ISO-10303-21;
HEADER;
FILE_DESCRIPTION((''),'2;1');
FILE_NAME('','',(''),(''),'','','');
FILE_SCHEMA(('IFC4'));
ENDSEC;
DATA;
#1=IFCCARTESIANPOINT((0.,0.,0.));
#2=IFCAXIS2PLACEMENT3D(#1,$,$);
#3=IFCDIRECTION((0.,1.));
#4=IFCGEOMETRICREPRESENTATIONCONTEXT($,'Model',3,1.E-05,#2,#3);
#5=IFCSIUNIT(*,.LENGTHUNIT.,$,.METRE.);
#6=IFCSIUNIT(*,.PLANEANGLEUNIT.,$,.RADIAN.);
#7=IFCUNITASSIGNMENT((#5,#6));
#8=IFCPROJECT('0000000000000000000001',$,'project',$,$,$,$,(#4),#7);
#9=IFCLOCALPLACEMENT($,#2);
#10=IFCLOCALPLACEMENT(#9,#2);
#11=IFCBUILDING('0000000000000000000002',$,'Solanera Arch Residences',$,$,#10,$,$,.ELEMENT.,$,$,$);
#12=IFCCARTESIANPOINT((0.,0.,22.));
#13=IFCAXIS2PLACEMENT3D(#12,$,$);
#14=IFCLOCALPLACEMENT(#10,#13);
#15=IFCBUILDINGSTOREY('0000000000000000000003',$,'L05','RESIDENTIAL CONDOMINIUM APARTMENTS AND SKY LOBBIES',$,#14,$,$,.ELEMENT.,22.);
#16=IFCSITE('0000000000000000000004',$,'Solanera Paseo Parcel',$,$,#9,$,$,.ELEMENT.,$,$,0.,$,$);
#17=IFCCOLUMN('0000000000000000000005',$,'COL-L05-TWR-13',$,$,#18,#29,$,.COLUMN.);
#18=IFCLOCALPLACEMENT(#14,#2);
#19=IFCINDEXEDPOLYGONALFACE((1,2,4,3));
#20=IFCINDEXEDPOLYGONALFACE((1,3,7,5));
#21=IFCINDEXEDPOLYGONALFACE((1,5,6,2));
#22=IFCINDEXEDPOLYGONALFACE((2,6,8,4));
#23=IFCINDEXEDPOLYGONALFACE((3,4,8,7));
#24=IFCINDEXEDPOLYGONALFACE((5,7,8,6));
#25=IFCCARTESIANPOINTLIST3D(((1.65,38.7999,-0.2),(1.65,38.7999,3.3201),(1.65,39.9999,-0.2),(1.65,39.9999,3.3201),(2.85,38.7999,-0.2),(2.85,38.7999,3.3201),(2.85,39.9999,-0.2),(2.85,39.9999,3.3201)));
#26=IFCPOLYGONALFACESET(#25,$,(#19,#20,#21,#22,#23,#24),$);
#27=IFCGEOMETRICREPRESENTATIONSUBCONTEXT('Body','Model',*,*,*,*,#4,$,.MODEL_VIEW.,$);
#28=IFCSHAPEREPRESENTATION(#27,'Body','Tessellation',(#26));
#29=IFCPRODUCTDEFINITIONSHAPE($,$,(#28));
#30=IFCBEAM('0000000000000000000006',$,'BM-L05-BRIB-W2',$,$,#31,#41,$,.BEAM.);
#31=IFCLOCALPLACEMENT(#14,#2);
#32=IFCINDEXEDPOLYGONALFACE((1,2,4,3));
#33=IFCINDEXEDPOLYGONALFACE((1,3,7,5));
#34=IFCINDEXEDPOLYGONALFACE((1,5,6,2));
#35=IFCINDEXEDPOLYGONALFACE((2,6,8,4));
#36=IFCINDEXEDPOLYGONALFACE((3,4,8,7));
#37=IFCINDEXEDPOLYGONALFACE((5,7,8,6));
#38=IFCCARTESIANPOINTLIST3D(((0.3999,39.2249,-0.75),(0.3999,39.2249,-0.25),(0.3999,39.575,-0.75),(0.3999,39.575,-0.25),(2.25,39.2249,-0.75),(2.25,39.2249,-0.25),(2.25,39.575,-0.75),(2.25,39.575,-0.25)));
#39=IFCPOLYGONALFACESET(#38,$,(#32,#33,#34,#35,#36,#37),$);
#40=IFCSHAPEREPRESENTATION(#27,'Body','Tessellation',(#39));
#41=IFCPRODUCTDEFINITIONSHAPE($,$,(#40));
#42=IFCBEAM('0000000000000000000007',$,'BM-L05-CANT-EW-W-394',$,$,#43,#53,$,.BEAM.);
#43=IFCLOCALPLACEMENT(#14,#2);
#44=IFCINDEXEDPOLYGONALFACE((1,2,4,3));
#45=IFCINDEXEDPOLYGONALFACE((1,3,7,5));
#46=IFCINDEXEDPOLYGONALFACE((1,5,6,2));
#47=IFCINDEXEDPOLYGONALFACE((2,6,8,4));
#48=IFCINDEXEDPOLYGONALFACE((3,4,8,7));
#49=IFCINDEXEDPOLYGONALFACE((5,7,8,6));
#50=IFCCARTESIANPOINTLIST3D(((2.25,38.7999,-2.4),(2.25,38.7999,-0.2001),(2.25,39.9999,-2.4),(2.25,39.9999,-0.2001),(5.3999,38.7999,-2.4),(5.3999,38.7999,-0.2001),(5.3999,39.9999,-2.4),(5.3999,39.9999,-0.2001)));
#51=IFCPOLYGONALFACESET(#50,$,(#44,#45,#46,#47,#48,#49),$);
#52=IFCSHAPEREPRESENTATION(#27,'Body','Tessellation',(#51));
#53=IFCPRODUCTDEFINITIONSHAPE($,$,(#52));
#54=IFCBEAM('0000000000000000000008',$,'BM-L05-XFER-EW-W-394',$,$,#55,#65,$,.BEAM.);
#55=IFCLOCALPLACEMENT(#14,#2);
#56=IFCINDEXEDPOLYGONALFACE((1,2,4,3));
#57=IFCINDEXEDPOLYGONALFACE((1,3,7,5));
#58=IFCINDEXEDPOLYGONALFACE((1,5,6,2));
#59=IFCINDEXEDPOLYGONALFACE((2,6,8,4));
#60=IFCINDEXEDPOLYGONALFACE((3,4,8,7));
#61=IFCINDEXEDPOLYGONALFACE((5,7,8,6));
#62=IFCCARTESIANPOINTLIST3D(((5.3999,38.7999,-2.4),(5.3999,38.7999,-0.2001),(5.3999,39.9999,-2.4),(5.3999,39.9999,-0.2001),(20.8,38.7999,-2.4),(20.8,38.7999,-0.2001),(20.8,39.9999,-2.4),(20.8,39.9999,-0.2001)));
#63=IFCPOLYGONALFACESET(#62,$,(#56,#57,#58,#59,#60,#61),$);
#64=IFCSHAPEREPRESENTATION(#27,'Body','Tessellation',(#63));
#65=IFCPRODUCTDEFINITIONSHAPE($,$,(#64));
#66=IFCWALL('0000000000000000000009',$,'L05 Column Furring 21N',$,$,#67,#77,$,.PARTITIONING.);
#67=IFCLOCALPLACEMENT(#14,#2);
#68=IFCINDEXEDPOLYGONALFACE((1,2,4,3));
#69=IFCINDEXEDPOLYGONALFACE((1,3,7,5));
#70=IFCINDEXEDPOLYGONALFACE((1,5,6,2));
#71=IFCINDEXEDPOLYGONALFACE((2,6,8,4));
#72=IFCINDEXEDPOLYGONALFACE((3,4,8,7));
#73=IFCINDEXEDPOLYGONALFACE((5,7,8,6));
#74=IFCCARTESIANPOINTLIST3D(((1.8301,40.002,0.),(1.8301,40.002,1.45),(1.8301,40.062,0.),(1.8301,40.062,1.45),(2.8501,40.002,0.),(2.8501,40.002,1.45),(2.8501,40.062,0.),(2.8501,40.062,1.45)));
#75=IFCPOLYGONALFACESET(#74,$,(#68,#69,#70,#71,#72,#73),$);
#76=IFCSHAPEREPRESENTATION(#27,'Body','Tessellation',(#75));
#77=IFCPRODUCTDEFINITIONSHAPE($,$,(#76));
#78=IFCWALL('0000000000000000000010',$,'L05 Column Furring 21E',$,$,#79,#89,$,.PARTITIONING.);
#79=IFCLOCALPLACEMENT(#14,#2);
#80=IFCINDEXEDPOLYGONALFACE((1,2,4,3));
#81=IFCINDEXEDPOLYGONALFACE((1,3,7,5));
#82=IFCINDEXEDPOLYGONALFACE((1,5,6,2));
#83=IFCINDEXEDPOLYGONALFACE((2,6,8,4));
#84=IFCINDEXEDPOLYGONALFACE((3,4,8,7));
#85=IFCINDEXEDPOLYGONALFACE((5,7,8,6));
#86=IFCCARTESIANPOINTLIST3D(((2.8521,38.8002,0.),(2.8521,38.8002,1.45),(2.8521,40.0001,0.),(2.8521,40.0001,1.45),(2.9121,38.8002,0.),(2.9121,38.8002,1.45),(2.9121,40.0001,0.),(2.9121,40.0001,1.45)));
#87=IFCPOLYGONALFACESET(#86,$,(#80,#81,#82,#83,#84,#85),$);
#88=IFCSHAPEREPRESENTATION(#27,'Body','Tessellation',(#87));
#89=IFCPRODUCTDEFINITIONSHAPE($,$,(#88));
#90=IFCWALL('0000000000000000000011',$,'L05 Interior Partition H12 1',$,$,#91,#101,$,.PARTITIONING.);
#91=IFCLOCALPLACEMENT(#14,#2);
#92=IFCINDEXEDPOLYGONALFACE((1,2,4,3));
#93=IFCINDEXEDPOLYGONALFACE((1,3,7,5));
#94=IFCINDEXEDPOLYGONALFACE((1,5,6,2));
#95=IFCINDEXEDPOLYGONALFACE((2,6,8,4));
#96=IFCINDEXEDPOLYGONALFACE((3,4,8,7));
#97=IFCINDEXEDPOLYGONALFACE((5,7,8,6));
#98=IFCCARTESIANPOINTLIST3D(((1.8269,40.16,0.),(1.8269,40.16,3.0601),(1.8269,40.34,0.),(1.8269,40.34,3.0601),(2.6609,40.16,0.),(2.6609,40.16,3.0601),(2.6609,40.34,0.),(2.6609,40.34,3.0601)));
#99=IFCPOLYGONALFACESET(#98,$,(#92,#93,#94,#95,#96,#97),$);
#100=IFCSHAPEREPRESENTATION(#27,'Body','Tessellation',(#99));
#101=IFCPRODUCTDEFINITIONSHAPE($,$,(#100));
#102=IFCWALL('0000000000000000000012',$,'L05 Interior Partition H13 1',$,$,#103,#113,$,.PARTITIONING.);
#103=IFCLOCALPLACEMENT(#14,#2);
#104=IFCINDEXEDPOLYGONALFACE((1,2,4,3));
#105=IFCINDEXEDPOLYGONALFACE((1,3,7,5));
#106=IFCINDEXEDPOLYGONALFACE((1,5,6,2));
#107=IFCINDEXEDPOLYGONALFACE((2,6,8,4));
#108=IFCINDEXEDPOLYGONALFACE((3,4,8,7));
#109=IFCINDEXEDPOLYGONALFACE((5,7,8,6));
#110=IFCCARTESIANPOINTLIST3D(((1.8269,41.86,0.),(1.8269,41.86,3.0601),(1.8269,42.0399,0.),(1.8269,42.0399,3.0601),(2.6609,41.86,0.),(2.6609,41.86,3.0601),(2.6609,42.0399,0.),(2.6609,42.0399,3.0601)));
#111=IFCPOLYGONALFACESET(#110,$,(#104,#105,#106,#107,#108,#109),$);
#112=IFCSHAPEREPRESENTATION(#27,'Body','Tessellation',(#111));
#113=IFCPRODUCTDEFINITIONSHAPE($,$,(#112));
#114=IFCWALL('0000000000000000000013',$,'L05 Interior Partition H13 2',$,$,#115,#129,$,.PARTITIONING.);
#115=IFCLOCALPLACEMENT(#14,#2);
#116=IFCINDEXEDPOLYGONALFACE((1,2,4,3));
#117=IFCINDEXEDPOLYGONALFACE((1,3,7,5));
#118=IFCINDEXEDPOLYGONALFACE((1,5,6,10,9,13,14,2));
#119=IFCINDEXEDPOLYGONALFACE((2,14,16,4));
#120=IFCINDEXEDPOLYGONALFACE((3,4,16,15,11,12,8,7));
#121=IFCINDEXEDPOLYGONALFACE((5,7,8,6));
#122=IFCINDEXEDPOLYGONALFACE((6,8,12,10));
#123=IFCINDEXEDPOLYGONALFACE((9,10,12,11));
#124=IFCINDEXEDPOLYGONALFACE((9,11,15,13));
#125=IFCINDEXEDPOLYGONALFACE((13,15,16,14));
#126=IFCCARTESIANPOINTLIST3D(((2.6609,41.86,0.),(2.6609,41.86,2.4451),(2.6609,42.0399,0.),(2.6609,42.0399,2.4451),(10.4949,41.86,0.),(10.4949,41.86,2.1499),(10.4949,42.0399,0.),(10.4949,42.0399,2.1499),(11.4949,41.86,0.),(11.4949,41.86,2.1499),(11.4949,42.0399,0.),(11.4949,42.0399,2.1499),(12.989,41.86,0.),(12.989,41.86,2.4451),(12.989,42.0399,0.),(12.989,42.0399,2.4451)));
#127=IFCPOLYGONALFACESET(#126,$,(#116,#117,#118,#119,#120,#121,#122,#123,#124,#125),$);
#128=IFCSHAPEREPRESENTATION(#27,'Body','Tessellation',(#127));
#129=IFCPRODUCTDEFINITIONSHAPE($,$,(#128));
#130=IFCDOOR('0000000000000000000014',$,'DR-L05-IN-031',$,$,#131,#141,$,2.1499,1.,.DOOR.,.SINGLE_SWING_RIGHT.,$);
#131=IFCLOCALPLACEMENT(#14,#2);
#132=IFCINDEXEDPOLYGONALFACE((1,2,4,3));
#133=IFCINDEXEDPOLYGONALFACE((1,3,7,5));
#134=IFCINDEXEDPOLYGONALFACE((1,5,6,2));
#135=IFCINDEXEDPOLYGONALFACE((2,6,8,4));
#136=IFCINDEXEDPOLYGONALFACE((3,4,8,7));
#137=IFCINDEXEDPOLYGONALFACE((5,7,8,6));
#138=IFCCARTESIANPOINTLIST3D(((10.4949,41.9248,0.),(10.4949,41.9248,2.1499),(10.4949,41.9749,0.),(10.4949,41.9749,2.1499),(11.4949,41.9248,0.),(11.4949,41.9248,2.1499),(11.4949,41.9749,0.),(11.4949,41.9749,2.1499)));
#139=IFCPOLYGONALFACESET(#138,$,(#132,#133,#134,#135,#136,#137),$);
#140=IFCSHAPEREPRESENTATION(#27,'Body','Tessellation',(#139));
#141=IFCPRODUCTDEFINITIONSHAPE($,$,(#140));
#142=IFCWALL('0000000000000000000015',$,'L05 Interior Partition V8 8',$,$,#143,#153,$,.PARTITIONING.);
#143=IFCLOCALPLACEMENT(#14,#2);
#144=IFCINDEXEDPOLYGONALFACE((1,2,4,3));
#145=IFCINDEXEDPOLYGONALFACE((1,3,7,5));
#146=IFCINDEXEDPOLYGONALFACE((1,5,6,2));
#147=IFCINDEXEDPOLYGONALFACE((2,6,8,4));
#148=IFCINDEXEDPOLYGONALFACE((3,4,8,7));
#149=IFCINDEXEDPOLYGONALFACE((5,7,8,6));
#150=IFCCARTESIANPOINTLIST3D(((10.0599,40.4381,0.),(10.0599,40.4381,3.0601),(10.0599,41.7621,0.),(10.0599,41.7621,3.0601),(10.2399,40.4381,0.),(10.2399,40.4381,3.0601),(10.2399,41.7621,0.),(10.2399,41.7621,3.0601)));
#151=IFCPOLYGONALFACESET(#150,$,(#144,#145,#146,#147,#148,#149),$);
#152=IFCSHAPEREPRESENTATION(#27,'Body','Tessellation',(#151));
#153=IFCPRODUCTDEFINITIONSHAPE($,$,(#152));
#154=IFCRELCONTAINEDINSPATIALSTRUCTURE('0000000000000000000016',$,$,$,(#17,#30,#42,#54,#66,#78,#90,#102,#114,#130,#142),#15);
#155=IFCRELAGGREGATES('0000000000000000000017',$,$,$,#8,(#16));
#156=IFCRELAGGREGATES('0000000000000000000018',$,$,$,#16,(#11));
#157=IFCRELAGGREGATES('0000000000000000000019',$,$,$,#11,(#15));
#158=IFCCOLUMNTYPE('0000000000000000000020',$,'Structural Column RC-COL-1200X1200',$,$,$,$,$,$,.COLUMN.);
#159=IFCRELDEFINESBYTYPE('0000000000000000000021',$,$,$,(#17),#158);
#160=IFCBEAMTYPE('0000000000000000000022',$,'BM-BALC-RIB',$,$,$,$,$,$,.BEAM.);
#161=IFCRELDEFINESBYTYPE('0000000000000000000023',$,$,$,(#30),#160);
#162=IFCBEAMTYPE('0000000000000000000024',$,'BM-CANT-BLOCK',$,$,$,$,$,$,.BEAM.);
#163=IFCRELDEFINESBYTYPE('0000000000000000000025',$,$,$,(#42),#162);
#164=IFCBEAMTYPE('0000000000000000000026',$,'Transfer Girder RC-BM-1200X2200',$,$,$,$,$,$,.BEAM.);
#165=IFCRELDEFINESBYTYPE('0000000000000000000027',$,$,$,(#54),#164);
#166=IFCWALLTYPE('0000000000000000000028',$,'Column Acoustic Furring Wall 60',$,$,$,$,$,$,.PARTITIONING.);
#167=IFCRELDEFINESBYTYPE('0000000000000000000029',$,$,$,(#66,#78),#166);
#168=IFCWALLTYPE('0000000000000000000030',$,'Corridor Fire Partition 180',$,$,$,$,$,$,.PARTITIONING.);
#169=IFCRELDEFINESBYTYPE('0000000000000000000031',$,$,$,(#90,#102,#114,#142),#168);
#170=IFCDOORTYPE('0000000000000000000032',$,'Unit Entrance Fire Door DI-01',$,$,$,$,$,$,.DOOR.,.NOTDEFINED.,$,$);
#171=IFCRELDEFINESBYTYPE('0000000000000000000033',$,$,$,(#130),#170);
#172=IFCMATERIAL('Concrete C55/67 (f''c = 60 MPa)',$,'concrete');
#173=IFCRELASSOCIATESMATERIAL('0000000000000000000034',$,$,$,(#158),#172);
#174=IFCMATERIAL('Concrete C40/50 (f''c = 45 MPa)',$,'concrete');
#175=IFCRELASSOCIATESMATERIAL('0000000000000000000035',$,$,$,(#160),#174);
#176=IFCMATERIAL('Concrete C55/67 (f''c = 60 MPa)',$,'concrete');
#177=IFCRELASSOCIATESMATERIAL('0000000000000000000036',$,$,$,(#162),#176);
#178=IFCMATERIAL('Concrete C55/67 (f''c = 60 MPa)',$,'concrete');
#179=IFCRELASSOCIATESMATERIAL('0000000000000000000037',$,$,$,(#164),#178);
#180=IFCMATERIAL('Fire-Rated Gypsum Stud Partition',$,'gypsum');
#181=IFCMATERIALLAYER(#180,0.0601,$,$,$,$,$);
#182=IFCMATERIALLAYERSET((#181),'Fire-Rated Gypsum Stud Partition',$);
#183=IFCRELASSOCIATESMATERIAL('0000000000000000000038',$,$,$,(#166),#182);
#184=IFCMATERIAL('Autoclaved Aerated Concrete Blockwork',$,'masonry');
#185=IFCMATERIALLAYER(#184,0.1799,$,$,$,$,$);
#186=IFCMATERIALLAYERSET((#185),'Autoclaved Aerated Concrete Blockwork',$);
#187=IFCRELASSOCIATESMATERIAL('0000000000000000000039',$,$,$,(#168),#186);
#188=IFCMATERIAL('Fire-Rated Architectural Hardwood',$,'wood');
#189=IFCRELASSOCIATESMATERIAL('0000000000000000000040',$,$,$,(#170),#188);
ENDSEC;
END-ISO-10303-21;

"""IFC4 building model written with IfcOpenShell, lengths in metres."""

from ifc_helpers import new_model, si_unit, direction, frame, frame_2d, origin, origin_2d, place, context, subcontext, project, spatial, rectangle, extrude, material, layer, layer_set, material_profile, profile_set, type_object, element, fill, save


model = new_model("IFC4")

# Units and contexts
model_context = context("Model", 3, precision=1e-05, world=origin(), true_north=direction((0.0, 1.0)))
body_context = subcontext(model_context, "Body", "Model", "MODEL_VIEW")
ifc_project = project(units=[si_unit("LENGTHUNIT", "METRE"), si_unit("PLANEANGLEUNIT", "RADIAN")], contexts=[model_context])

# Site, building, storey
site_placement = place(None, origin())
site = spatial("IfcSite", under=ifc_project, at=site_placement, Name="Solanera Paseo Parcel", CompositionType="ELEMENT", RefElevation=0.0)
building_placement = place(site_placement, origin())
building = spatial("IfcBuilding", under=site, at=building_placement, Name="Solanera Arch Residences", CompositionType="ELEMENT")
storey_placement = place(building_placement, frame((0.0, 0.0, 22.0)))
storey = spatial("IfcBuildingStorey", under=building, at=storey_placement, Name="L05", Description="RESIDENTIAL CONDOMINIUM APARTMENTS AND SKY LOBBIES", CompositionType="ELEMENT", Elevation=22.0)

# Column
ifc_material_1 = material(Name="Concrete C55/67 (f'c = 60 MPa)", Category="concrete")
ifc_material_profile_1 = material_profile(ifc_material_1, rectangle(XDim=1.2, YDim=1.2, at=origin_2d()))
ifc_profile_set_1 = profile_set([ifc_material_profile_1], Name="Concrete C55/67 (f'c = 60 MPa)")
column_type = type_object("IfcColumnType", Name="Structural Column RC-COL-1200X1200", PredefinedType="COLUMN", material=ifc_profile_set_1)
column_placement = place(storey_placement, frame((2.25, 39.3999, -0.2), z_axis=(0.0, 0.0, 1.0), x_axis=(1.0, 0.0, 0.0)))
element("IfcColumn", 1, at=column_placement, inside=storey, type_object=column_type, Name="COL-L05-TWR-13", PredefinedType="COLUMN", context=body_context, shape_type="SweptSolid", body=[
    extrude(rectangle(XDim=1.2, YDim=1.2, at=origin_2d()), origin(), (0.0, 0.0, 1.0), 3.52),
])

# Beams
ifc_material_2 = material(Name="Concrete C40/50 (f'c = 45 MPa)", Category="concrete")
ifc_material_profile_2 = material_profile(ifc_material_2, rectangle(XDim=0.3501, YDim=0.5, at=origin_2d()))
ifc_profile_set_2 = profile_set([ifc_material_profile_2], Name="Concrete C40/50 (f'c = 45 MPa)")
beam_type_1 = type_object("IfcBeamType", Name="BM-BALC-RIB", PredefinedType="BEAM", material=ifc_profile_set_2)
beam_1_placement = place(storey_placement, frame((0.3999, 39.3999, -0.5), z_axis=(1.0, 0.0, 0.0), x_axis=(0.0, 1.0, 0.0)))
element("IfcBeam", 2, at=beam_1_placement, inside=storey, type_object=beam_type_1, Name="BM-L05-BRIB-W2", PredefinedType="BEAM", context=body_context, shape_type="SweptSolid", body=[
    extrude(rectangle(XDim=0.3501, YDim=0.5, at=origin_2d()), origin(), (0.0, 0.0, 1.0), 1.8501),
])
ifc_material_3 = material(Name="Concrete C55/67 (f'c = 60 MPa)", Category="concrete")
ifc_material_profile_3 = material_profile(ifc_material_3, rectangle(XDim=1.2, YDim=2.2, at=origin_2d()))
ifc_profile_set_3 = profile_set([ifc_material_profile_3], Name="Concrete C55/67 (f'c = 60 MPa)")
beam_type_2 = type_object("IfcBeamType", Name="BM-CANT-BLOCK", PredefinedType="BEAM", material=ifc_profile_set_3)
beam_2_placement = place(storey_placement, frame((2.25, 39.3999, -1.3), z_axis=(1.0, 0.0, 0.0), x_axis=(0.0, 1.0, 0.0)))
element("IfcBeam", 3, at=beam_2_placement, inside=storey, type_object=beam_type_2, Name="BM-L05-CANT-EW-W-394", PredefinedType="BEAM", context=body_context, shape_type="SweptSolid", body=[
    extrude(rectangle(XDim=1.2, YDim=2.2, at=origin_2d()), origin(), (0.0, 0.0, 1.0), 3.1499),
])
ifc_material_4 = material(Name="Concrete C55/67 (f'c = 60 MPa)", Category="concrete")
ifc_material_profile_4 = material_profile(ifc_material_4, rectangle(XDim=1.2, YDim=2.2, at=origin_2d()))
ifc_profile_set_4 = profile_set([ifc_material_profile_4], Name="Concrete C55/67 (f'c = 60 MPa)")
beam_type_3 = type_object("IfcBeamType", Name="Transfer Girder RC-BM-1200X2200", PredefinedType="BEAM", material=ifc_profile_set_4)
beam_3_placement = place(storey_placement, frame((5.3999, 39.3999, -1.3), z_axis=(1.0, 0.0, 0.0), x_axis=(0.0, 1.0, 0.0)))
element("IfcBeam", 4, at=beam_3_placement, inside=storey, type_object=beam_type_3, Name="BM-L05-XFER-EW-W-394", PredefinedType="BEAM", context=body_context, shape_type="SweptSolid", body=[
    extrude(rectangle(XDim=1.2, YDim=2.2, at=origin_2d()), origin(), (0.0, 0.0, 1.0), 15.4001),
])

# Walls
ifc_material_5 = material(Name="Fire-Rated Gypsum Stud Partition", Category="gypsum")
ifc_layer_1 = layer(ifc_material_5, 0.0601)
ifc_layer_set_1 = layer_set([ifc_layer_1], Name="Fire-Rated Gypsum Stud Partition")
wall_type_1 = type_object("IfcWallType", Name="Column Acoustic Furring Wall 60", PredefinedType="PARTITIONING", material=ifc_layer_set_1)
wall_1_placement = place(storey_placement, frame((1.8301, 40.032, 0.0), z_axis=(0.0, 0.0, 1.0), x_axis=(1.0, 0.0, 0.0)))
element("IfcWall", 5, at=wall_1_placement, inside=storey, type_object=wall_type_1, Name="L05 Column Furring 21N", PredefinedType="PARTITIONING", context=body_context, shape_type="SweptSolid", body=[
    extrude(rectangle(XDim=1.02, YDim=0.0601, at=frame_2d((0.51, 0.0))), origin(), (0.0, 0.0, 1.0), 1.45),
])
wall_2_placement = place(storey_placement, frame((2.8821, 38.8, 0.0), z_axis=(0.0, 0.0, 1.0), x_axis=(0.0, 1.0, 0.0)))
element("IfcWall", 6, at=wall_2_placement, inside=storey, type_object=wall_type_1, Name="L05 Column Furring 21E", PredefinedType="PARTITIONING", context=body_context, shape_type="SweptSolid", body=[
    extrude(rectangle(XDim=1.2, YDim=0.0601, at=frame_2d((0.6001, 0.0))), origin(), (0.0, 0.0, 1.0), 1.45),
])
ifc_material_6 = material(Name="Autoclaved Aerated Concrete Blockwork", Category="masonry")
ifc_layer_2 = layer(ifc_material_6, 0.1799)
ifc_layer_set_2 = layer_set([ifc_layer_2], Name="Autoclaved Aerated Concrete Blockwork")
wall_type_2 = type_object("IfcWallType", Name="Corridor Fire Partition 180", PredefinedType="PARTITIONING", material=ifc_layer_set_2)
wall_3_placement = place(storey_placement, frame((1.8269, 40.25, 0.0), z_axis=(0.0, 0.0, 1.0), x_axis=(1.0, 0.0, 0.0)))
element("IfcWall", 7, at=wall_3_placement, inside=storey, type_object=wall_type_2, Name="L05 Interior Partition H12 1", PredefinedType="PARTITIONING", context=body_context, shape_type="SweptSolid", body=[
    extrude(rectangle(XDim=0.834, YDim=0.1799, at=frame_2d((0.417, 0.0))), origin(), (0.0, 0.0, 1.0), 3.0601),
])

# Wall
wall_4_placement = place(storey_placement, frame((1.8269, 41.95, 0.0), z_axis=(0.0, 0.0, 1.0), x_axis=(1.0, 0.0, 0.0)))
element("IfcWall", 8, at=wall_4_placement, inside=storey, type_object=wall_type_2, Name="L05 Interior Partition H13 1", PredefinedType="PARTITIONING", context=body_context, shape_type="SweptSolid", body=[
    extrude(rectangle(XDim=0.834, YDim=0.1799, at=frame_2d((0.417, 0.0))), origin(), (0.0, 0.0, 1.0), 3.0601),
])

# Wall, opening, door
wall_5_placement = place(storey_placement, frame((2.6609, 41.95, 0.0), z_axis=(0.0, 0.0, 1.0), x_axis=(1.0, 0.0, 0.0)))
wall_5 = element("IfcWall", 9, at=wall_5_placement, inside=storey, type_object=wall_type_2, Name="L05 Interior Partition H13 2", PredefinedType="PARTITIONING", context=body_context, shape_type="SweptSolid", body=[
    extrude(rectangle(XDim=10.3281, YDim=0.1799, at=frame_2d((5.1641, 0.0))), origin(), (0.0, 0.0, 1.0), 2.4451),
])
opening_1_placement = place(wall_5_placement, frame((7.834, 0.0, 0.0)))
opening_1 = element("IfcOpeningElement", 10, at=opening_1_placement, cuts=wall_5, PredefinedType="OPENING", context=body_context, shape_type="SweptSolid", body=[
    extrude(rectangle(XDim=1.0, YDim=2.1499, at=frame_2d((0.5, 1.075))), frame((0.0, 0.1001, 0.0), z_axis=(0.0, -1.0, 0.0), x_axis=(1.0, 0.0, 0.0)), (0.0, 0.0, 1.0), 0.1999),
])
ifc_material_7 = material(Name="Fire-Rated Architectural Hardwood", Category="wood")
door_type_1 = type_object("IfcDoorType", Name="Unit Entrance Fire Door DI-01", OperationType="NOTDEFINED", PredefinedType="DOOR", material=ifc_material_7)
door_1_placement = place(opening_1_placement, origin())
door_1 = element("IfcDoor", 11, at=door_1_placement, inside=storey, type_object=door_type_1, Name="DR-L05-IN-031", OperationType="SINGLE_SWING_RIGHT", OverallHeight=2.1499, OverallWidth=1.0, PredefinedType="DOOR", context=body_context, shape_type="SweptSolid", body=[
    extrude(rectangle(XDim=1.0, YDim=2.1499, at=frame_2d((0.5, 1.075))), frame((0.0, 0.0249, 0.0), z_axis=(0.0, -1.0, 0.0), x_axis=(1.0, 0.0, 0.0)), (0.0, 0.0, 1.0), 0.05),
])
fill(opening_1, door_1)

# Wall
wall_6_placement = place(storey_placement, frame((10.1499, 40.438, 0.0), z_axis=(0.0, 0.0, 1.0), x_axis=(0.0, 1.0, 0.0)))
element("IfcWall", 12, at=wall_6_placement, inside=storey, type_object=wall_type_2, Name="L05 Interior Partition V8 8", PredefinedType="PARTITIONING", context=body_context, shape_type="SweptSolid", body=[
    extrude(rectangle(XDim=1.324, YDim=0.1799, at=frame_2d((0.6621, 0.0))), origin(), (0.0, 0.0, 1.0), 3.0601),
])

save(model, "model.ifc")
